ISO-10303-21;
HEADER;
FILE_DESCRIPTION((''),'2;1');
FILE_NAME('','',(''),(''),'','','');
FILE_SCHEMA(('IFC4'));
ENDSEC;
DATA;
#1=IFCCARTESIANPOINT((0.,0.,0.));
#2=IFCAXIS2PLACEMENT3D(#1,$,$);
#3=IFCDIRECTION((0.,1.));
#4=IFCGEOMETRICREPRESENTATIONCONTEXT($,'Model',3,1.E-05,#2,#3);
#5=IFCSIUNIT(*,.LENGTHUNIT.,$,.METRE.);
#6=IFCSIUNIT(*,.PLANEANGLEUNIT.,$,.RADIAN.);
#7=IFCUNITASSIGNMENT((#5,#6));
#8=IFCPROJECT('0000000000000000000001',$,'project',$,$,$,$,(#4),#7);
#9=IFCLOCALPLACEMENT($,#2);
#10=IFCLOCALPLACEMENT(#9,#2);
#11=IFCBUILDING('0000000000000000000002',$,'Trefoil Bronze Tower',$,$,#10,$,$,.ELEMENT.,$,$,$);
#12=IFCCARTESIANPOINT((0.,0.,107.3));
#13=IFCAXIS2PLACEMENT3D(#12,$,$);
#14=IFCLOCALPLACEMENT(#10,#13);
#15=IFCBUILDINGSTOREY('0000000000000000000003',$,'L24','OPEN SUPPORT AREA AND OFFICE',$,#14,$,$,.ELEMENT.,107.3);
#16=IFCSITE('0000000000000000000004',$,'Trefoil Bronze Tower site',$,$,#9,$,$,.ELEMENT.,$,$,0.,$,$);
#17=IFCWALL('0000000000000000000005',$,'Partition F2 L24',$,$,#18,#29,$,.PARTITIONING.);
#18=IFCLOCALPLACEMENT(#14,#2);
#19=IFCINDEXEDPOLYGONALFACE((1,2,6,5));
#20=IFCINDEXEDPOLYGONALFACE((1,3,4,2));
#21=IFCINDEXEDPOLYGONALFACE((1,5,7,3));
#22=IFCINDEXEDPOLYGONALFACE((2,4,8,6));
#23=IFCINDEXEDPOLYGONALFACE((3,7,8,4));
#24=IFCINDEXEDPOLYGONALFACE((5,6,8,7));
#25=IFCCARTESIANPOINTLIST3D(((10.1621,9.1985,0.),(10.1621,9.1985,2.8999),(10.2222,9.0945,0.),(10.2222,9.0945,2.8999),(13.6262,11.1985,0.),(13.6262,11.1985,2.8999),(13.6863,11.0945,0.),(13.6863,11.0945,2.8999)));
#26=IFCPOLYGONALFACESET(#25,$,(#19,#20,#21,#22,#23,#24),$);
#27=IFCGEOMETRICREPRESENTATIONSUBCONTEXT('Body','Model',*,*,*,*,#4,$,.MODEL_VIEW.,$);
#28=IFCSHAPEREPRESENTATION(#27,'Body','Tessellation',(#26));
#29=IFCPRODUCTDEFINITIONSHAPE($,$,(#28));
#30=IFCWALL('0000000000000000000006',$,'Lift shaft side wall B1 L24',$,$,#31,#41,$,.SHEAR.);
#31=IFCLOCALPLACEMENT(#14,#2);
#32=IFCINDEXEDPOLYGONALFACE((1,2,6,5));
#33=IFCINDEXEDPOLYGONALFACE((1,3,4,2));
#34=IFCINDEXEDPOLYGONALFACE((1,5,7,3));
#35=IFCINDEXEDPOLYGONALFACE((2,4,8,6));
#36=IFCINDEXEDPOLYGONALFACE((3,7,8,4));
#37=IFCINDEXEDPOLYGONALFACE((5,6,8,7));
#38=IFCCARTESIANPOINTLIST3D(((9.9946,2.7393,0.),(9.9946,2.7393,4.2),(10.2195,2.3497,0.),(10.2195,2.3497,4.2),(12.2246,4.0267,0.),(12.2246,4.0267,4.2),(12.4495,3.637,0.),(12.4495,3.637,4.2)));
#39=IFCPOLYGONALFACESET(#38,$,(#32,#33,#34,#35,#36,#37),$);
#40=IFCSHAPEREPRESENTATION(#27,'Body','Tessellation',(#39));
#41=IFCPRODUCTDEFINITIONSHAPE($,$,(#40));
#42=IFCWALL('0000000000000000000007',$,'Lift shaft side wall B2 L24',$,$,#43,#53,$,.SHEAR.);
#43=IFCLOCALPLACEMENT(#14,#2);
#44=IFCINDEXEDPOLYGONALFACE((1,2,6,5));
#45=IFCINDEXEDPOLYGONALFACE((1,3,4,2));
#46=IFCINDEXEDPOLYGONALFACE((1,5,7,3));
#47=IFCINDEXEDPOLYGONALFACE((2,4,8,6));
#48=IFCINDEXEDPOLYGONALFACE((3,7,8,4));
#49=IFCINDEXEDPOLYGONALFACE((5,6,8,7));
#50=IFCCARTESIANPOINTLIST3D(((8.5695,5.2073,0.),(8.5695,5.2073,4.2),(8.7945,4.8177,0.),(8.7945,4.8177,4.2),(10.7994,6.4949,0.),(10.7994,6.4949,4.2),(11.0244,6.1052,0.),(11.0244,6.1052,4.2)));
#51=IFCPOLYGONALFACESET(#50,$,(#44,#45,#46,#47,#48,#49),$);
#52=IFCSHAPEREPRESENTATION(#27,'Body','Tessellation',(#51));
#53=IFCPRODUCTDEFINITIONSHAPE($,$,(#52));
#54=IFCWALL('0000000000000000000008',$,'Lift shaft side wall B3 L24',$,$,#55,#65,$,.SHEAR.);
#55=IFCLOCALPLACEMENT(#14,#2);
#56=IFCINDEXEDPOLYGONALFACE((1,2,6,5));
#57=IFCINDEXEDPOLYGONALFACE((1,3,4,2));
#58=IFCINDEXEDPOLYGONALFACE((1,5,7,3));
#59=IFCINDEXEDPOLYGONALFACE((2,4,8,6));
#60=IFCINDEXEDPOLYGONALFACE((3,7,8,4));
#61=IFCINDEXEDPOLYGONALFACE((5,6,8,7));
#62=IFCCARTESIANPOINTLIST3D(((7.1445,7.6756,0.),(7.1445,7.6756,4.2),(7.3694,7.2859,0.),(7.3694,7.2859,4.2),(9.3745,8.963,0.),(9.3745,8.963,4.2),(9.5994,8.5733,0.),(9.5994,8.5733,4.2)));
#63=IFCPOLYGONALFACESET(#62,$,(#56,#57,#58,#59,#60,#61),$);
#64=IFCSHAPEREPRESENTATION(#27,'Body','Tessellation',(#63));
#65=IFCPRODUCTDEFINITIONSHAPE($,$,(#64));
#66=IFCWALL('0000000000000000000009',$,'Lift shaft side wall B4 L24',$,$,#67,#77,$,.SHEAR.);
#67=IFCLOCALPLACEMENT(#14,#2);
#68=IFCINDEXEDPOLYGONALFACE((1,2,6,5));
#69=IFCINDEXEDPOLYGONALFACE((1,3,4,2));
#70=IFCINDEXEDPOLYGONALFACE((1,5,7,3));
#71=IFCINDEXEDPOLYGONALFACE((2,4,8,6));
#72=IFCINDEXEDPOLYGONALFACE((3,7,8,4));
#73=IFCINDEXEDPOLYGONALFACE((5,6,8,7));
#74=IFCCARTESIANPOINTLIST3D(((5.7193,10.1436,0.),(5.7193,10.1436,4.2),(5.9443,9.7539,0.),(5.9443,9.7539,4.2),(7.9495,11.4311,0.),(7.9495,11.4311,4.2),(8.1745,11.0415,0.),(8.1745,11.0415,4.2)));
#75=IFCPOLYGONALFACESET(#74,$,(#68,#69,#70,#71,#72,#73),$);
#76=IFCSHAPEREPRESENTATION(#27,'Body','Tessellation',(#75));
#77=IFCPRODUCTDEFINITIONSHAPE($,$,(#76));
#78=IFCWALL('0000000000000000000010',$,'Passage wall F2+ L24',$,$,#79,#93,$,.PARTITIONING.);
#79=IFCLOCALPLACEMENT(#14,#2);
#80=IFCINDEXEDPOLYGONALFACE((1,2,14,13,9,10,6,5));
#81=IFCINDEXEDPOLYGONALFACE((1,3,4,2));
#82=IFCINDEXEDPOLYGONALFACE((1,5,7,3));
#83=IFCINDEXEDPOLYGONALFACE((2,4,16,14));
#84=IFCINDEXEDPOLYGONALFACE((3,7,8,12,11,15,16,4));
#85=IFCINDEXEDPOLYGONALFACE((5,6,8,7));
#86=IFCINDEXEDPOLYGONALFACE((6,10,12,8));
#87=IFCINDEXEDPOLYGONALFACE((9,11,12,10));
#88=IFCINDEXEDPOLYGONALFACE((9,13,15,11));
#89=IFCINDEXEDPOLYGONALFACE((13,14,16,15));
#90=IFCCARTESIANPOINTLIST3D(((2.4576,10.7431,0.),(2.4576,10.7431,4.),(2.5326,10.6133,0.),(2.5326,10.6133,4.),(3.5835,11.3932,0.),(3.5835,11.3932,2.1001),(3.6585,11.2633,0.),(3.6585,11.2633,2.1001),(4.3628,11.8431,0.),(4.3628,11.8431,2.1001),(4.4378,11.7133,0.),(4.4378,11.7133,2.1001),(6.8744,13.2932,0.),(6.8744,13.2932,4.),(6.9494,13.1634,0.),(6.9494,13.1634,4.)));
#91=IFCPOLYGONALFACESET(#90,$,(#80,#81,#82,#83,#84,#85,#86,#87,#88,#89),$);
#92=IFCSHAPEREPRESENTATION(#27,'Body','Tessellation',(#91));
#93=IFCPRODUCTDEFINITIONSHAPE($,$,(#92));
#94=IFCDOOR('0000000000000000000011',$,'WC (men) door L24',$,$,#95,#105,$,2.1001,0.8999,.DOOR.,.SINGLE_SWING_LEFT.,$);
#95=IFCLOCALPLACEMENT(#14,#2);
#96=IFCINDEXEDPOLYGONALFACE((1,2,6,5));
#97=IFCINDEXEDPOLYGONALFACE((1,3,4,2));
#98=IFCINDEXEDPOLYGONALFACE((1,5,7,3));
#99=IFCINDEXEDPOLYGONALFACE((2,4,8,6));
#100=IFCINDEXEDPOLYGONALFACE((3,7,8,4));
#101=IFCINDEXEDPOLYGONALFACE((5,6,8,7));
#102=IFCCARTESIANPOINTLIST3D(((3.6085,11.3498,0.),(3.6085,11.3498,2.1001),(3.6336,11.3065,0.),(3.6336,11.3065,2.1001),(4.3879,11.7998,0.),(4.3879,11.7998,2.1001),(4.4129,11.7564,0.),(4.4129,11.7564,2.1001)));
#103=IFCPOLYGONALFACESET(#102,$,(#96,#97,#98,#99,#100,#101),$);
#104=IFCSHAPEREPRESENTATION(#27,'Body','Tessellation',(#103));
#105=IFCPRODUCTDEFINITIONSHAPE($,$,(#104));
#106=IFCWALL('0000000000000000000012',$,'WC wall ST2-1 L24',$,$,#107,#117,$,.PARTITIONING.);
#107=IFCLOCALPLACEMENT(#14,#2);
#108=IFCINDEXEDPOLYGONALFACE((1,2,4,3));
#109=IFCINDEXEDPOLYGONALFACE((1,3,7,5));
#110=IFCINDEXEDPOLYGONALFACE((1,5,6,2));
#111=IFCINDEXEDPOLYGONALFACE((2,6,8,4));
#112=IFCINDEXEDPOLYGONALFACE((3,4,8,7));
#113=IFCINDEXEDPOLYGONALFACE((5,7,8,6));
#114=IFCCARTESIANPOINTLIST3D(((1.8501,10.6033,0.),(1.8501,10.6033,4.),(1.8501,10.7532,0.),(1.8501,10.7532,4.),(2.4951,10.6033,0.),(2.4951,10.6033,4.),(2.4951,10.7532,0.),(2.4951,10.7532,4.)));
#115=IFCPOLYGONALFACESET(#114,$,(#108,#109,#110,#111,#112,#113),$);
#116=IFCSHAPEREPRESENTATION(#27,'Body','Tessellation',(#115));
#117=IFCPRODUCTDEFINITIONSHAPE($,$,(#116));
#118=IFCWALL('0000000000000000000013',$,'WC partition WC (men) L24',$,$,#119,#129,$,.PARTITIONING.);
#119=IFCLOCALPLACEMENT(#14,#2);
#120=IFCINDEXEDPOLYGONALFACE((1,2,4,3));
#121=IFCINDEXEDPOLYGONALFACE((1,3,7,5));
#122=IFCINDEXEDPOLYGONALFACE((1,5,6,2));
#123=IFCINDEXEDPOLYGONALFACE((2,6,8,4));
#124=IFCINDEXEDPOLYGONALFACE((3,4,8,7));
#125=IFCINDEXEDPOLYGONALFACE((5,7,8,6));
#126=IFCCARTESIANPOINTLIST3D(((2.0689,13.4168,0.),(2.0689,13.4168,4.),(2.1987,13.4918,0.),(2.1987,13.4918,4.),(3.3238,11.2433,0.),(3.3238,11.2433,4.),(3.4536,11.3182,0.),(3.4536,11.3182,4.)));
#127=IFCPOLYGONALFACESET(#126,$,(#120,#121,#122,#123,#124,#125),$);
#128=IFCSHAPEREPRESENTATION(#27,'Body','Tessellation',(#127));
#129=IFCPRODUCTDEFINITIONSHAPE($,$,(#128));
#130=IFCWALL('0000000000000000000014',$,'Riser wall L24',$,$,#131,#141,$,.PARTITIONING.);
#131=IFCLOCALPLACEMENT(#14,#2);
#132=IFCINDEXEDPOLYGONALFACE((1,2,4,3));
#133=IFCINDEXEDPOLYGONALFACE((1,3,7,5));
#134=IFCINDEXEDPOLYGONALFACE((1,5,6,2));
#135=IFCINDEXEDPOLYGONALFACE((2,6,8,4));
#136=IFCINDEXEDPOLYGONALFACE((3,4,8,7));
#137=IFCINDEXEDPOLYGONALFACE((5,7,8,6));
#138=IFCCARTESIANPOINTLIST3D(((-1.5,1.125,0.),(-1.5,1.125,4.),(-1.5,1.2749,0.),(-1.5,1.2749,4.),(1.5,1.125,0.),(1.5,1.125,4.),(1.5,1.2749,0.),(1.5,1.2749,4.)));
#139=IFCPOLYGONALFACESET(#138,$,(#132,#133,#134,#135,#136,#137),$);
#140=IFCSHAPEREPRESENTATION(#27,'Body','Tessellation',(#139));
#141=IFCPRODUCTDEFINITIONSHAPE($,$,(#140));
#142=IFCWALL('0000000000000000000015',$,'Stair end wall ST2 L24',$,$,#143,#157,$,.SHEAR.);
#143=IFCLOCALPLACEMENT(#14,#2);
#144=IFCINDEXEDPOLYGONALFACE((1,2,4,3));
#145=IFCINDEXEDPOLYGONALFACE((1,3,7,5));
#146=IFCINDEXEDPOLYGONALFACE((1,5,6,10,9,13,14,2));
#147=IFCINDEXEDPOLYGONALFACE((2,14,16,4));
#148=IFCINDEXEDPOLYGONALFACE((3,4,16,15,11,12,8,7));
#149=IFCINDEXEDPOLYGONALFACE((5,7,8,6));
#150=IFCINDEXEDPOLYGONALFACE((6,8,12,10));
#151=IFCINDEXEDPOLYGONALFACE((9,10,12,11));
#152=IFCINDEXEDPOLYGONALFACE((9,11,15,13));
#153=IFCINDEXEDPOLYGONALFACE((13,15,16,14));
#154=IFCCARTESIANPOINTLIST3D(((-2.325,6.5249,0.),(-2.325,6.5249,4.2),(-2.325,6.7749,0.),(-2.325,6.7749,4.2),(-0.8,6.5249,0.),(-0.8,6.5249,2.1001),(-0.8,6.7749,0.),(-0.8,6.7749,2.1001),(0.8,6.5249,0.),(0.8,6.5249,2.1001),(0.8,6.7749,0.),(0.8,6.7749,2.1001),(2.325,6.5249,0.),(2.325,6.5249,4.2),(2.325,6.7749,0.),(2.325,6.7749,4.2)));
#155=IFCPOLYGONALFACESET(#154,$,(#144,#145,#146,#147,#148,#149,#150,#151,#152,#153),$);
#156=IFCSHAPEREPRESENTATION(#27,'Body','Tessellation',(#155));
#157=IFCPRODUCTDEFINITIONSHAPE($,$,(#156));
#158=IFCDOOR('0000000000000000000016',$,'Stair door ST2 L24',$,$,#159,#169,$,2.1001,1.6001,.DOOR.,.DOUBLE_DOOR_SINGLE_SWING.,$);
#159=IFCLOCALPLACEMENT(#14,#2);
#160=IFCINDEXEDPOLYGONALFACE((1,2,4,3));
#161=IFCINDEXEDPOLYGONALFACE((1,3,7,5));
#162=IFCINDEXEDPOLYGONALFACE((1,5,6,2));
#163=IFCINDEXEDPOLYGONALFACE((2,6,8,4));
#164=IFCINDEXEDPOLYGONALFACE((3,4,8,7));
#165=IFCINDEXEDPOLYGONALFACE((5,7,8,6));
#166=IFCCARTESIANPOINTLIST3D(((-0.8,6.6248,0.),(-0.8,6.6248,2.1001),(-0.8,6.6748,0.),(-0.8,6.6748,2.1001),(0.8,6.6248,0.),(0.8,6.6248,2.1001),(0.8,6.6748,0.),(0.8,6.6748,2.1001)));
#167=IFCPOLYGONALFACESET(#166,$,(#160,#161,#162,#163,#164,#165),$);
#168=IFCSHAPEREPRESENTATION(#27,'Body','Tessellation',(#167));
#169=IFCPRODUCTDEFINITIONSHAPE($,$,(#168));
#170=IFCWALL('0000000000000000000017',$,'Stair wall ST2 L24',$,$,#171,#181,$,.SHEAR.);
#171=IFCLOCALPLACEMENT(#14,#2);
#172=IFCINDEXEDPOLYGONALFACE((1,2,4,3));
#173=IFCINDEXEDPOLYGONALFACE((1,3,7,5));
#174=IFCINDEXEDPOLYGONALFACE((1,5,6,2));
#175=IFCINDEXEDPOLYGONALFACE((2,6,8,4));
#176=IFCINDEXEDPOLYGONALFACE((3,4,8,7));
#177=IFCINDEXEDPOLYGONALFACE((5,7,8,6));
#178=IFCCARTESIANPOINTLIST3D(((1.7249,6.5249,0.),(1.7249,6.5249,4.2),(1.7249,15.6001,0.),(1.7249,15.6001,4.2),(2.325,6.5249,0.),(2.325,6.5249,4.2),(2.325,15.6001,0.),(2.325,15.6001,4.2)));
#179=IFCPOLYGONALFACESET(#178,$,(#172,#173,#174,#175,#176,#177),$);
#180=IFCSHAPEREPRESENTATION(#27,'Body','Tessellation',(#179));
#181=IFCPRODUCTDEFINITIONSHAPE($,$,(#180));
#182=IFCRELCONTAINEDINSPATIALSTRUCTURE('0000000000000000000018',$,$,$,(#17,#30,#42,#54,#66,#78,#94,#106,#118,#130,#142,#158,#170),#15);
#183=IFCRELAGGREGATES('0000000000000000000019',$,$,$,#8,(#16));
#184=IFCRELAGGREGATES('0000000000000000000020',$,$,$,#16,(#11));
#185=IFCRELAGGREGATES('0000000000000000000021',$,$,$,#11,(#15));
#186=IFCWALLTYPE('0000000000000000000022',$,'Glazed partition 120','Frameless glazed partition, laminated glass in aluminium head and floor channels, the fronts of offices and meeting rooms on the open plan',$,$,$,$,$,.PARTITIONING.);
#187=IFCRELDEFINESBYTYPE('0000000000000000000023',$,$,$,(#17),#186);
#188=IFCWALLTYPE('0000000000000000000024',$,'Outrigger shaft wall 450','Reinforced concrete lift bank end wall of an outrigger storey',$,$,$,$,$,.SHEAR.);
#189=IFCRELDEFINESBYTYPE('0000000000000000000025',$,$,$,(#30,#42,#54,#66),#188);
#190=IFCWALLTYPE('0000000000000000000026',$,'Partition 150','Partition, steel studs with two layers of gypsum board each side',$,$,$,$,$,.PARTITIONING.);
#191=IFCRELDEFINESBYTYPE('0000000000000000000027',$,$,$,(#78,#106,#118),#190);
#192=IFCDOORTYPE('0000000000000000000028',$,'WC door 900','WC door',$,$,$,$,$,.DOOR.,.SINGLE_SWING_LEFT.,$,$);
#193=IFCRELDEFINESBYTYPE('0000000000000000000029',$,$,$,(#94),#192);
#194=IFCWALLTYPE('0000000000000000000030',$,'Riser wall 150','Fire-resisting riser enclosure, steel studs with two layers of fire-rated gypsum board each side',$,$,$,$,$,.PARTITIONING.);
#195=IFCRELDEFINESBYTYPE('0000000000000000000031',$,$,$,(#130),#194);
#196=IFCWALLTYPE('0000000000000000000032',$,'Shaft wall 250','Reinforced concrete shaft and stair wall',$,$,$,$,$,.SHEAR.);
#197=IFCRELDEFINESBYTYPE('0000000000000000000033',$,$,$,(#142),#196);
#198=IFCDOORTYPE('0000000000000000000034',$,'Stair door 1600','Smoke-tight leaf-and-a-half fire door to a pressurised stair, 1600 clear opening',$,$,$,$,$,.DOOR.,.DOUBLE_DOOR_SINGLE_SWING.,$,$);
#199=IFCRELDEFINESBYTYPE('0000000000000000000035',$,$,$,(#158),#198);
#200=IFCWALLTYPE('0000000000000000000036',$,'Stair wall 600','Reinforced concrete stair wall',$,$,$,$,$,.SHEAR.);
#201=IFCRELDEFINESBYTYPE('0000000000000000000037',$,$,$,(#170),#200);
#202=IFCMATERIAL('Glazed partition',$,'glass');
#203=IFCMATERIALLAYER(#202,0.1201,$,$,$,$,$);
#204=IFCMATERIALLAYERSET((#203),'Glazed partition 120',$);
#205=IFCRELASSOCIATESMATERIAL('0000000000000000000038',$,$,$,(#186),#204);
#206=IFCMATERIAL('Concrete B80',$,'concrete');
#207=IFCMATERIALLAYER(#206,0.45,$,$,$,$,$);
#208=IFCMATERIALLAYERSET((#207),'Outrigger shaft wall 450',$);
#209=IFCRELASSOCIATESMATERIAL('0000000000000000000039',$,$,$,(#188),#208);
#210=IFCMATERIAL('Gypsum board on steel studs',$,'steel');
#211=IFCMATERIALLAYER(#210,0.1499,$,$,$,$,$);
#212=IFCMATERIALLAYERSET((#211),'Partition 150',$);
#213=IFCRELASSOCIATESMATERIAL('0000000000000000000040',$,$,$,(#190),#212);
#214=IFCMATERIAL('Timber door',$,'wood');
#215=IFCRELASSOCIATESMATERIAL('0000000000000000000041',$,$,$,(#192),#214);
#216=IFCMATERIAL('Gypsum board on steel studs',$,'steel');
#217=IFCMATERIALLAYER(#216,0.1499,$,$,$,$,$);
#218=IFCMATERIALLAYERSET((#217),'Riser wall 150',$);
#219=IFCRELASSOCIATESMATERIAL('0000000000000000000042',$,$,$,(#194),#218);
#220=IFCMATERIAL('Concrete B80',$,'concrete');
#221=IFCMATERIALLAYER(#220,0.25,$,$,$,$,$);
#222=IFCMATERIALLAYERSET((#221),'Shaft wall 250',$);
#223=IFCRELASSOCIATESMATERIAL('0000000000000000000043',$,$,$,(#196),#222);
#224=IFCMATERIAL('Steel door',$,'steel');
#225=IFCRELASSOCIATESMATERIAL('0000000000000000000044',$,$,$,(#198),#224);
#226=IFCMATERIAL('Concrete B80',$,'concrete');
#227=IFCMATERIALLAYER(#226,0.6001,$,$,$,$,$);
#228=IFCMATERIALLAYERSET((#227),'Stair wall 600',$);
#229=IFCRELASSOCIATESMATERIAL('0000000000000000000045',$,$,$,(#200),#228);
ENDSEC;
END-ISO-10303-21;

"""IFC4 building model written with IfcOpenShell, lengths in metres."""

from ifc_helpers import new_model, si_unit, direction, frame, frame_2d, origin, place, context, subcontext, project, spatial, rectangle, extrude, material, layer, layer_set, type_object, element, fill, save


model = new_model("IFC4")

# Units and contexts
model_context = context("Model", 3, precision=1e-05, world=origin(), true_north=direction((0.0, 1.0)))
body_context = subcontext(model_context, "Body", "Model", "MODEL_VIEW")
ifc_project = project(units=[si_unit("LENGTHUNIT", "METRE"), si_unit("PLANEANGLEUNIT", "RADIAN")], contexts=[model_context])

# Site, building, storey
site_placement = place(None, origin())
site = spatial("IfcSite", under=ifc_project, at=site_placement, Name="Trefoil Bronze Tower site", CompositionType="ELEMENT", RefElevation=0.0)
building_placement = place(site_placement, origin())
building = spatial("IfcBuilding", under=site, at=building_placement, Name="Trefoil Bronze Tower", CompositionType="ELEMENT")
storey_placement = place(building_placement, frame((0.0, 0.0, 107.3)))
storey = spatial("IfcBuildingStorey", under=building, at=storey_placement, Name="L24", Description="OPEN SUPPORT AREA AND OFFICE", CompositionType="ELEMENT", Elevation=107.3)

# Walls
ifc_material_1 = material(Name="Glazed partition", Category="glass")
ifc_layer_1 = layer(ifc_material_1, 0.1201)
ifc_layer_set_1 = layer_set([ifc_layer_1], Name="Glazed partition 120")
wall_type_1 = type_object("IfcWallType", Name="Glazed partition 120", Description="Frameless glazed partition, laminated glass in aluminium head and floor channels, the fronts of offices and meeting rooms on the open plan", PredefinedType="PARTITIONING", material=ifc_layer_set_1)
wall_1_placement = place(storey_placement, frame((10.1921, 9.1465, 0.0), z_axis=(0.0, 0.0, 1.0), x_axis=(0.866026, 0.499999, 0.0)))
element("IfcWall", 1, at=wall_1_placement, inside=storey, type_object=wall_type_1, Name="Partition F2 L24", PredefinedType="PARTITIONING", context=body_context, shape_type="SweptSolid", body=[
    extrude(rectangle(XDim=4.0, YDim=0.1201, at=frame_2d((2.0, 0.0))), origin(), (0.0, 0.0, 1.0), 2.8999),
])
ifc_material_2 = material(Name="Concrete B80", Category="concrete")
ifc_layer_2 = layer(ifc_material_2, 0.45)
ifc_layer_set_2 = layer_set([ifc_layer_2], Name="Outrigger shaft wall 450")
wall_type_2 = type_object("IfcWallType", Name="Outrigger shaft wall 450", Description="Reinforced concrete lift bank end wall of an outrigger storey", PredefinedType="SHEAR", material=ifc_layer_set_2)
for number, where, z_axis, x_axis, name in (
    (2, (10.1069, 2.5444, 0.0), (0.0, 0.0, 1.0), (0.866047, 0.499963, 0.0), "Lift shaft side wall B1 L24"),
    (3, (8.6819, 5.0125, 0.0), (0.0, 0.0, 1.0), (0.866006, 0.500034, 0.0), "Lift shaft side wall B2 L24"),
    (4, (7.2568, 7.4807, 0.0), (0.0, 0.0, 1.0), (0.866047, 0.499963, 0.0), "Lift shaft side wall B3 L24"),
):
    element("IfcWall", number, at=place(storey_placement, frame(where, z_axis=z_axis, x_axis=x_axis)), inside=storey, type_object=wall_type_2, Name=name, PredefinedType="SHEAR", context=body_context, shape_type="SweptSolid", body=[
        extrude(rectangle(XDim=2.575, YDim=0.45, at=frame_2d((1.2876, 0.0))), origin(), (0.0, 0.0, 1.0), 4.2),
    ])
wall_2_placement = place(storey_placement, frame((5.8318, 9.9487, 0.0), z_axis=(0.0, 0.0, 1.0), x_axis=(0.866029, 0.499993, 0.0)))
element("IfcWall", 5, at=wall_2_placement, inside=storey, type_object=wall_type_2, Name="Lift shaft side wall B4 L24", PredefinedType="SHEAR", context=body_context, shape_type="SweptSolid", body=[
    extrude(rectangle(XDim=2.5752, YDim=0.45, at=frame_2d((1.2876, 0.0))), origin(), (0.0, 0.0, 1.0), 4.2),
])

# Wall, opening, door
ifc_material_3 = material(Name="Gypsum board on steel studs", Category="steel")
ifc_layer_3 = layer(ifc_material_3, 0.1499)
ifc_layer_set_3 = layer_set([ifc_layer_3], Name="Partition 150")
wall_type_3 = type_object("IfcWallType", Name="Partition 150", Description="Partition, steel studs with two layers of gypsum board each side", PredefinedType="PARTITIONING", material=ifc_layer_set_3)
wall_3_placement = place(storey_placement, frame((2.4951, 10.6782, 0.0), z_axis=(0.0, 0.0, 1.0), x_axis=(0.866022, 0.500006, 0.0)))
wall_3 = element("IfcWall", 6, at=wall_3_placement, inside=storey, type_object=wall_type_3, Name="Passage wall F2+ L24", PredefinedType="PARTITIONING", context=body_context, shape_type="SweptSolid", body=[
    extrude(rectangle(XDim=5.1001, YDim=0.1499, at=frame_2d((2.55, 0.0))), origin(), (0.0, 0.0, 1.0), 4.0),
])
opening_1_placement = place(wall_3_placement, frame((1.3, 0.0, 0.0)))
opening_1 = element("IfcOpeningElement", 7, at=opening_1_placement, cuts=wall_3, PredefinedType="OPENING", context=body_context, shape_type="SweptSolid", body=[
    extrude(rectangle(XDim=0.8999, YDim=2.1001, at=frame_2d((0.45, 1.05))), frame((0.0, 0.085, 0.0), z_axis=(0.0, -1.0, 0.0), x_axis=(1.0, 0.0, 0.0)), (0.0, 0.0, 1.0), 0.1699),
])
ifc_material_4 = material(Name="Timber door", Category="wood")
door_type_1 = type_object("IfcDoorType", Name="WC door 900", Description="WC door", OperationType="SINGLE_SWING_LEFT", PredefinedType="DOOR", material=ifc_material_4)
door_1_placement = place(opening_1_placement, origin())
door_1 = element("IfcDoor", 8, at=door_1_placement, inside=storey, type_object=door_type_1, Name="WC (men) door L24", OperationType="SINGLE_SWING_LEFT", OverallHeight=2.1001, OverallWidth=0.8999, PredefinedType="DOOR", context=body_context, shape_type="SweptSolid", body=[
    extrude(rectangle(XDim=0.8999, YDim=2.1001, at=frame_2d((0.45, 1.05))), frame((0.0, 0.0249, 0.0), z_axis=(0.0, -1.0, 0.0), x_axis=(1.0, 0.0, 0.0)), (0.0, 0.0, 1.0), 0.05),
])
fill(opening_1, door_1)

# Walls
wall_4_placement = place(storey_placement, frame((2.4951, 10.6782, 0.0), z_axis=(0.0, 0.0, 1.0), x_axis=(-1.0, 0.0, 0.0)))
element("IfcWall", 9, at=wall_4_placement, inside=storey, type_object=wall_type_3, Name="WC wall ST2-1 L24", PredefinedType="PARTITIONING", context=body_context, shape_type="SweptSolid", body=[
    extrude(rectangle(XDim=0.645, YDim=0.1499, at=frame_2d((0.3225, 0.0))), origin(), (0.0, 0.0, 1.0), 4.0),
])
wall_5_placement = place(storey_placement, frame((3.3887, 11.2808, 0.0), z_axis=(0.0, 0.0, 1.0), x_axis=(-0.499989, 0.866032, 0.0)))
element("IfcWall", 10, at=wall_5_placement, inside=storey, type_object=wall_type_3, Name="WC partition WC (men) L24", PredefinedType="PARTITIONING", context=body_context, shape_type="SweptSolid", body=[
    extrude(rectangle(XDim=2.5098, YDim=0.1499, at=frame_2d((1.2549, 0.0))), origin(), (0.0, 0.0, 1.0), 4.0),
])
ifc_material_5 = material(Name="Gypsum board on steel studs", Category="steel")
ifc_layer_4 = layer(ifc_material_5, 0.1499)
ifc_layer_set_4 = layer_set([ifc_layer_4], Name="Riser wall 150")
wall_type_4 = type_object("IfcWallType", Name="Riser wall 150", Description="Fire-resisting riser enclosure, steel studs with two layers of fire-rated gypsum board each side", PredefinedType="PARTITIONING", material=ifc_layer_set_4)
wall_6_placement = place(storey_placement, frame((1.5, 1.2, 0.0), z_axis=(0.0, 0.0, 1.0), x_axis=(-1.0, 0.0, 0.0)))
element("IfcWall", 11, at=wall_6_placement, inside=storey, type_object=wall_type_4, Name="Riser wall L24", PredefinedType="PARTITIONING", context=body_context, shape_type="SweptSolid", body=[
    extrude(rectangle(XDim=3.0, YDim=0.1499, at=frame_2d((1.5, 0.0))), origin(), (0.0, 0.0, 1.0), 4.0),
])

# Wall, opening, door
ifc_material_6 = material(Name="Concrete B80", Category="concrete")
ifc_layer_5 = layer(ifc_material_6, 0.25)
ifc_layer_set_5 = layer_set([ifc_layer_5], Name="Shaft wall 250")
wall_type_5 = type_object("IfcWallType", Name="Shaft wall 250", Description="Reinforced concrete shaft and stair wall", PredefinedType="SHEAR", material=ifc_layer_set_5)
wall_7_placement = place(storey_placement, frame((2.325, 6.6499, 0.0), z_axis=(0.0, 0.0, 1.0), x_axis=(-1.0, 0.0, 0.0)))
wall_7 = element("IfcWall", 12, at=wall_7_placement, inside=storey, type_object=wall_type_5, Name="Stair end wall ST2 L24", PredefinedType="SHEAR", context=body_context, shape_type="SweptSolid", body=[
    extrude(rectangle(XDim=4.6499, YDim=0.25, at=frame_2d((2.325, 0.0))), origin(), (0.0, 0.0, 1.0), 4.2),
])
opening_2_placement = place(wall_7_placement, frame((1.5249, 0.0, 0.0)))
opening_2 = element("IfcOpeningElement", 13, at=opening_2_placement, cuts=wall_7, PredefinedType="OPENING", context=body_context, shape_type="SweptSolid", body=[
    extrude(rectangle(XDim=1.6001, YDim=2.1001, at=frame_2d((0.8, 1.05))), frame((0.0, 0.135, 0.0), z_axis=(0.0, -1.0, 0.0), x_axis=(1.0, 0.0, 0.0)), (0.0, 0.0, 1.0), 0.27),
])
ifc_material_7 = material(Name="Steel door", Category="steel")
door_type_2 = type_object("IfcDoorType", Name="Stair door 1600", Description="Smoke-tight leaf-and-a-half fire door to a pressurised stair, 1600 clear opening", OperationType="DOUBLE_DOOR_SINGLE_SWING", PredefinedType="DOOR", material=ifc_material_7)
door_2_placement = place(opening_2_placement, frame((1.6001, 0.0, 0.0), z_axis=(0.0, 0.0, 1.0), x_axis=(-1.0, 0.0, 0.0)))
door_2 = element("IfcDoor", 14, at=door_2_placement, inside=storey, type_object=door_type_2, Name="Stair door ST2 L24", OperationType="DOUBLE_DOOR_SINGLE_SWING", OverallHeight=2.1001, OverallWidth=1.6001, PredefinedType="DOOR", context=body_context, shape_type="SweptSolid", body=[
    extrude(rectangle(XDim=1.6001, YDim=2.1001, at=frame_2d((0.8, 1.05))), frame((0.0, 0.0249, 0.0), z_axis=(0.0, -1.0, 0.0), x_axis=(1.0, 0.0, 0.0)), (0.0, 0.0, 1.0), 0.05),
])
fill(opening_2, door_2)

# Wall
ifc_material_8 = material(Name="Concrete B80", Category="concrete")
ifc_layer_6 = layer(ifc_material_8, 0.6001)
ifc_layer_set_6 = layer_set([ifc_layer_6], Name="Stair wall 600")
wall_type_6 = type_object("IfcWallType", Name="Stair wall 600", Description="Reinforced concrete stair wall", PredefinedType="SHEAR", material=ifc_layer_set_6)
wall_8_placement = place(storey_placement, frame((2.0249, 6.5249, 0.0), z_axis=(0.0, 0.0, 1.0), x_axis=(0.0, 1.0, 0.0)))
element("IfcWall", 15, at=wall_8_placement, inside=storey, type_object=wall_type_6, Name="Stair wall ST2 L24", PredefinedType="SHEAR", context=body_context, shape_type="SweptSolid", body=[
    extrude(rectangle(XDim=9.0752, YDim=0.6001, at=frame_2d((4.5376, 0.0))), origin(), (0.0, 0.0, 1.0), 4.2),
])

save(model, "model.ifc")
